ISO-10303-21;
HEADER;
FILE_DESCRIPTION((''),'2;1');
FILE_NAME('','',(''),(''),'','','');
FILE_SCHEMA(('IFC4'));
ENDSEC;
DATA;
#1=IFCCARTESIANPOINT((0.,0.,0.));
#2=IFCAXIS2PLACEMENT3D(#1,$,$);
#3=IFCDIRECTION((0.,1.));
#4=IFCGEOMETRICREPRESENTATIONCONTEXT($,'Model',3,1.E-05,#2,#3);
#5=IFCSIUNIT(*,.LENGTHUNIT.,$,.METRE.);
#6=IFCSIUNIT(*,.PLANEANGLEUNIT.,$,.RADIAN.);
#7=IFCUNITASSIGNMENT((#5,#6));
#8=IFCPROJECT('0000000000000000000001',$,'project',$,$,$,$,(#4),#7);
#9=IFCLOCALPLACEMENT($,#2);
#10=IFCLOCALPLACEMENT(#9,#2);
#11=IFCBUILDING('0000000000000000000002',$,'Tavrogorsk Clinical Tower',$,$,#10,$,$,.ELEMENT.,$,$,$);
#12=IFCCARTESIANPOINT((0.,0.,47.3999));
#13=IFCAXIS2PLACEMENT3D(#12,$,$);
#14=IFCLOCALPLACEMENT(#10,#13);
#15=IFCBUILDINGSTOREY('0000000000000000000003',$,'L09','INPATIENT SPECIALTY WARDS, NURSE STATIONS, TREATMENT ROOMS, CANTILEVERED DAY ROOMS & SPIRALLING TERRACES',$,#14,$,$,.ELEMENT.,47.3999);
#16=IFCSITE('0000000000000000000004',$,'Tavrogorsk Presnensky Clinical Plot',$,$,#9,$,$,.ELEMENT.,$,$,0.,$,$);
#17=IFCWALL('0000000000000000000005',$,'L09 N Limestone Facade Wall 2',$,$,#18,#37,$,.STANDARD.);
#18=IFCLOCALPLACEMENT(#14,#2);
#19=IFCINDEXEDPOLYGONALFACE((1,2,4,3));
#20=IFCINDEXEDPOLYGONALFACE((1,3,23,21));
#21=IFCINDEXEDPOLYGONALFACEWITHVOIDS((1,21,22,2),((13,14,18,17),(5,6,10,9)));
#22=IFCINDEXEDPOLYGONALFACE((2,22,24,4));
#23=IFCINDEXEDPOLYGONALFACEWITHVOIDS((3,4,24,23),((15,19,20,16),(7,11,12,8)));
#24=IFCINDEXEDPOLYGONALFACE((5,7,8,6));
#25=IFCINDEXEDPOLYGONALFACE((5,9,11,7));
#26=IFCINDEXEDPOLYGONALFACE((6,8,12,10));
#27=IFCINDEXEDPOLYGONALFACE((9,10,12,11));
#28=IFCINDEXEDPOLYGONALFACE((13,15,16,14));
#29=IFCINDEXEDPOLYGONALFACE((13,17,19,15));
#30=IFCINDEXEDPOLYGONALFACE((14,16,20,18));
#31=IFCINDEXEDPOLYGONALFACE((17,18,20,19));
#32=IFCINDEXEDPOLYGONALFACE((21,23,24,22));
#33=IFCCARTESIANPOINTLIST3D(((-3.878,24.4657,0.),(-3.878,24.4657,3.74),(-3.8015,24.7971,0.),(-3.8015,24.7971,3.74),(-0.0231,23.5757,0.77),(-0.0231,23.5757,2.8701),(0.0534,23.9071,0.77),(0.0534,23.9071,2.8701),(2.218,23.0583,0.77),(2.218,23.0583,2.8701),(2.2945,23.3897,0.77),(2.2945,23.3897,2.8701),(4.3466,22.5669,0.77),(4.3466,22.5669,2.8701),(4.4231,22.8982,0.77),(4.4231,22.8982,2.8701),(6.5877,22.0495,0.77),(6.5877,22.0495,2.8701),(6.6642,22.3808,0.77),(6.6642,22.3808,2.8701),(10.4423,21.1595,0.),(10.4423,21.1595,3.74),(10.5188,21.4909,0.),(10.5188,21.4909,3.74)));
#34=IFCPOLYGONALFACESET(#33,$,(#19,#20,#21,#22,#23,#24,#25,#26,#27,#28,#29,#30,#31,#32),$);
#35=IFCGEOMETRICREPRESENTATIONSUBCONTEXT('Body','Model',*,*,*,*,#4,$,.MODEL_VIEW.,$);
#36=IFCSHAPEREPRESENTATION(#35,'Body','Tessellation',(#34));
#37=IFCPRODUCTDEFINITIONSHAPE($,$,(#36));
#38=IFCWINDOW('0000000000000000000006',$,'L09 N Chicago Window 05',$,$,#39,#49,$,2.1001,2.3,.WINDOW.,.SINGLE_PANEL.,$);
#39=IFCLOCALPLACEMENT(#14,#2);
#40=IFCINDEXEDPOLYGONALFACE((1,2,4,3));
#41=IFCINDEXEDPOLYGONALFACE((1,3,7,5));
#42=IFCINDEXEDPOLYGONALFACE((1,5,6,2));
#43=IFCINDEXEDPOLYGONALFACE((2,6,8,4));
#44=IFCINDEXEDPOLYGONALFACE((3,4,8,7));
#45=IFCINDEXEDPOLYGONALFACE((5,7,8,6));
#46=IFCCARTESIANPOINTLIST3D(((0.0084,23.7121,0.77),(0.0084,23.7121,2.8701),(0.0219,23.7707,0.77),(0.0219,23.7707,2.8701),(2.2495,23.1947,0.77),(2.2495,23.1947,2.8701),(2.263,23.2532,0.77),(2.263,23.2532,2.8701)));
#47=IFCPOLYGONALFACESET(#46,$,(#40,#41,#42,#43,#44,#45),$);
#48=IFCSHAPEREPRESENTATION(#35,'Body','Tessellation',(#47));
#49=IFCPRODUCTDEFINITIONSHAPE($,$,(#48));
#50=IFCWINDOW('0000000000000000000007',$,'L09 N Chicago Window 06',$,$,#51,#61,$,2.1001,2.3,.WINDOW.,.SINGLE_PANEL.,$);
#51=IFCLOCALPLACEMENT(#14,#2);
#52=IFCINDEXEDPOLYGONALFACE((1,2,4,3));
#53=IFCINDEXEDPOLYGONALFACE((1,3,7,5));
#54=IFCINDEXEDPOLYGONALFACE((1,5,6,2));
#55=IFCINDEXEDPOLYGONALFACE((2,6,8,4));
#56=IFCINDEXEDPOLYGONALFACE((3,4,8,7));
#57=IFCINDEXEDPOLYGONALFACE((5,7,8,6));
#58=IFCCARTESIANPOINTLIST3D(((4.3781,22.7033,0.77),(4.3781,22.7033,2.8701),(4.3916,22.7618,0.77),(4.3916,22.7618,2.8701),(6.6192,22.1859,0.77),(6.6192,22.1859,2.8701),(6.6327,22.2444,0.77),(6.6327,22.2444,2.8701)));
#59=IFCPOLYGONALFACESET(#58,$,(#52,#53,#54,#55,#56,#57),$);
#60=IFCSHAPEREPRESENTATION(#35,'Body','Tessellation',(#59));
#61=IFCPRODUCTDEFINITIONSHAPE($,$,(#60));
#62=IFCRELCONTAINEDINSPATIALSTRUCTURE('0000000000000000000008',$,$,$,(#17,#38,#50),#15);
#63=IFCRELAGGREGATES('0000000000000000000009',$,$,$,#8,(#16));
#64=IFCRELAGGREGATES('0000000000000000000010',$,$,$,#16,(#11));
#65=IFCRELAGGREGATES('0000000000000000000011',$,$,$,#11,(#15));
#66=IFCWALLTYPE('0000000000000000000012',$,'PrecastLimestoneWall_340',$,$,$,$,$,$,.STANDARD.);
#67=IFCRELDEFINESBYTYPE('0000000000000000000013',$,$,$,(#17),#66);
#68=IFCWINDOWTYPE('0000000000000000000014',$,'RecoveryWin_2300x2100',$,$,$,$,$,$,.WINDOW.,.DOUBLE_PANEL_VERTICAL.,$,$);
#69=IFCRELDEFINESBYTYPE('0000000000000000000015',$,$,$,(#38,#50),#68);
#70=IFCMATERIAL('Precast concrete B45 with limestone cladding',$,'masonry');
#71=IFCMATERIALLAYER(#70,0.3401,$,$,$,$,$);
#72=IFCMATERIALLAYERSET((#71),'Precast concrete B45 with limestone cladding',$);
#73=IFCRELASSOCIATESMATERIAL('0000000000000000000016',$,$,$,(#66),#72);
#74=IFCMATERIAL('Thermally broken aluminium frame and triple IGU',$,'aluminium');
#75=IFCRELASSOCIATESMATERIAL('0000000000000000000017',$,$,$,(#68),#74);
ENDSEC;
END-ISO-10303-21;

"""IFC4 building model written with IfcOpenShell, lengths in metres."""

from ifc_helpers import new_model, si_unit, direction, frame, frame_2d, origin, place, context, subcontext, project, spatial, rectangle, extrude, material, layer, layer_set, type_object, element, fill, save


model = new_model("IFC4")

# Units and contexts
model_context = context("Model", 3, precision=1e-05, world=origin(), true_north=direction((0.0, 1.0)))
body_context = subcontext(model_context, "Body", "Model", "MODEL_VIEW")
ifc_project = project(units=[si_unit("LENGTHUNIT", "METRE"), si_unit("PLANEANGLEUNIT", "RADIAN")], contexts=[model_context])

# Site, building, storey
site_placement = place(None, origin())
site = spatial("IfcSite", under=ifc_project, at=site_placement, Name="Tavrogorsk Presnensky Clinical Plot", CompositionType="ELEMENT", RefElevation=0.0)
building_placement = place(site_placement, origin())
building = spatial("IfcBuilding", under=site, at=building_placement, Name="Tavrogorsk Clinical Tower", CompositionType="ELEMENT")
storey_placement = place(building_placement, frame((0.0, 0.0, 47.3999)))
storey = spatial("IfcBuildingStorey", under=building, at=storey_placement, Name="L09", Description="INPATIENT SPECIALTY WARDS, NURSE STATIONS, TREATMENT ROOMS, CANTILEVERED DAY ROOMS & SPIRALLING TERRACES", CompositionType="ELEMENT", Elevation=47.3999)

# Wall, openings, windows
ifc_material_1 = material(Name="Precast concrete B45 with limestone cladding", Category="masonry")
ifc_layer_1 = layer(ifc_material_1, 0.3401)
ifc_layer_set_1 = layer_set([ifc_layer_1], Name="Precast concrete B45 with limestone cladding")
wall_type_1 = type_object("IfcWallType", Name="PrecastLimestoneWall_340", PredefinedType="STANDARD", material=ifc_layer_set_1)
wall_1_placement = place(storey_placement, frame((10.4807, 21.3252, 0.0), z_axis=(0.0, 0.0, 1.0), x_axis=(-0.974369, 0.224954, 0.0)))
wall_1 = element("IfcWall", 1, at=wall_1_placement, inside=storey, type_object=wall_type_1, Name="L09 N Limestone Facade Wall 2", PredefinedType="STANDARD", context=body_context, shape_type="SweptSolid", body=[
    extrude(rectangle(XDim=14.697, YDim=0.3401, at=frame_2d((7.3486, 0.0))), origin(), (0.0, 0.0, 1.0), 3.74),
])
opening_1_placement = place(wall_1_placement, frame((8.4409, 0.0, 0.77)))
opening_1 = element("IfcOpeningElement", 2, at=opening_1_placement, cuts=wall_1, PredefinedType="OPENING", context=body_context, shape_type="SweptSolid", body=[
    extrude(rectangle(XDim=2.3, YDim=2.1001, at=frame_2d((1.1499, 1.05))), frame((0.0, 0.1799, 0.0), z_axis=(0.0, -1.0, 0.0), x_axis=(1.0, 0.0, 0.0)), (0.0, 0.0, 1.0), 0.3601),
])
opening_2_placement = place(wall_1_placement, frame((3.9563, 0.0, 0.77)))
opening_2 = element("IfcOpeningElement", 3, at=opening_2_placement, cuts=wall_1, PredefinedType="OPENING", context=body_context, shape_type="SweptSolid", body=[
    extrude(rectangle(XDim=2.3, YDim=2.1001, at=frame_2d((1.1499, 1.05))), frame((0.0, 0.1799, 0.0), z_axis=(0.0, -1.0, 0.0), x_axis=(1.0, 0.0, 0.0)), (0.0, 0.0, 1.0), 0.3601),
])
ifc_material_2 = material(Name="Thermally broken aluminium frame and triple IGU", Category="aluminium")
window_type = type_object("IfcWindowType", Name="RecoveryWin_2300x2100", PartitioningType="DOUBLE_PANEL_VERTICAL", PredefinedType="WINDOW", material=ifc_material_2)
window_1_placement = place(opening_1_placement, origin())
window_1 = element("IfcWindow", 4, at=window_1_placement, inside=storey, type_object=window_type, Name="L09 N Chicago Window 05", OverallHeight=2.1001, OverallWidth=2.3, PartitioningType="SINGLE_PANEL", PredefinedType="WINDOW", context=body_context, shape_type="SweptSolid", body=[
    extrude(rectangle(XDim=2.3, YDim=2.1001, at=frame_2d((1.1499, 1.05))), frame((0.0, 0.03, 0.0), z_axis=(0.0, -1.0, 0.0), x_axis=(1.0, 0.0, 0.0)), (0.0, 0.0, 1.0), 0.0601),
])
fill(opening_1, window_1)
window_2_placement = place(opening_2_placement, origin())
window_2 = element("IfcWindow", 5, at=window_2_placement, inside=storey, type_object=window_type, Name="L09 N Chicago Window 06", OverallHeight=2.1001, OverallWidth=2.3, PartitioningType="SINGLE_PANEL", PredefinedType="WINDOW", context=body_context, shape_type="SweptSolid", body=[
    extrude(rectangle(XDim=2.3, YDim=2.1001, at=frame_2d((1.1499, 1.05))), frame((0.0, 0.03, 0.0), z_axis=(0.0, -1.0, 0.0), x_axis=(1.0, 0.0, 0.0)), (0.0, 0.0, 1.0), 0.0601),
])
fill(opening_2, window_2)

save(model, "model.ifc")
